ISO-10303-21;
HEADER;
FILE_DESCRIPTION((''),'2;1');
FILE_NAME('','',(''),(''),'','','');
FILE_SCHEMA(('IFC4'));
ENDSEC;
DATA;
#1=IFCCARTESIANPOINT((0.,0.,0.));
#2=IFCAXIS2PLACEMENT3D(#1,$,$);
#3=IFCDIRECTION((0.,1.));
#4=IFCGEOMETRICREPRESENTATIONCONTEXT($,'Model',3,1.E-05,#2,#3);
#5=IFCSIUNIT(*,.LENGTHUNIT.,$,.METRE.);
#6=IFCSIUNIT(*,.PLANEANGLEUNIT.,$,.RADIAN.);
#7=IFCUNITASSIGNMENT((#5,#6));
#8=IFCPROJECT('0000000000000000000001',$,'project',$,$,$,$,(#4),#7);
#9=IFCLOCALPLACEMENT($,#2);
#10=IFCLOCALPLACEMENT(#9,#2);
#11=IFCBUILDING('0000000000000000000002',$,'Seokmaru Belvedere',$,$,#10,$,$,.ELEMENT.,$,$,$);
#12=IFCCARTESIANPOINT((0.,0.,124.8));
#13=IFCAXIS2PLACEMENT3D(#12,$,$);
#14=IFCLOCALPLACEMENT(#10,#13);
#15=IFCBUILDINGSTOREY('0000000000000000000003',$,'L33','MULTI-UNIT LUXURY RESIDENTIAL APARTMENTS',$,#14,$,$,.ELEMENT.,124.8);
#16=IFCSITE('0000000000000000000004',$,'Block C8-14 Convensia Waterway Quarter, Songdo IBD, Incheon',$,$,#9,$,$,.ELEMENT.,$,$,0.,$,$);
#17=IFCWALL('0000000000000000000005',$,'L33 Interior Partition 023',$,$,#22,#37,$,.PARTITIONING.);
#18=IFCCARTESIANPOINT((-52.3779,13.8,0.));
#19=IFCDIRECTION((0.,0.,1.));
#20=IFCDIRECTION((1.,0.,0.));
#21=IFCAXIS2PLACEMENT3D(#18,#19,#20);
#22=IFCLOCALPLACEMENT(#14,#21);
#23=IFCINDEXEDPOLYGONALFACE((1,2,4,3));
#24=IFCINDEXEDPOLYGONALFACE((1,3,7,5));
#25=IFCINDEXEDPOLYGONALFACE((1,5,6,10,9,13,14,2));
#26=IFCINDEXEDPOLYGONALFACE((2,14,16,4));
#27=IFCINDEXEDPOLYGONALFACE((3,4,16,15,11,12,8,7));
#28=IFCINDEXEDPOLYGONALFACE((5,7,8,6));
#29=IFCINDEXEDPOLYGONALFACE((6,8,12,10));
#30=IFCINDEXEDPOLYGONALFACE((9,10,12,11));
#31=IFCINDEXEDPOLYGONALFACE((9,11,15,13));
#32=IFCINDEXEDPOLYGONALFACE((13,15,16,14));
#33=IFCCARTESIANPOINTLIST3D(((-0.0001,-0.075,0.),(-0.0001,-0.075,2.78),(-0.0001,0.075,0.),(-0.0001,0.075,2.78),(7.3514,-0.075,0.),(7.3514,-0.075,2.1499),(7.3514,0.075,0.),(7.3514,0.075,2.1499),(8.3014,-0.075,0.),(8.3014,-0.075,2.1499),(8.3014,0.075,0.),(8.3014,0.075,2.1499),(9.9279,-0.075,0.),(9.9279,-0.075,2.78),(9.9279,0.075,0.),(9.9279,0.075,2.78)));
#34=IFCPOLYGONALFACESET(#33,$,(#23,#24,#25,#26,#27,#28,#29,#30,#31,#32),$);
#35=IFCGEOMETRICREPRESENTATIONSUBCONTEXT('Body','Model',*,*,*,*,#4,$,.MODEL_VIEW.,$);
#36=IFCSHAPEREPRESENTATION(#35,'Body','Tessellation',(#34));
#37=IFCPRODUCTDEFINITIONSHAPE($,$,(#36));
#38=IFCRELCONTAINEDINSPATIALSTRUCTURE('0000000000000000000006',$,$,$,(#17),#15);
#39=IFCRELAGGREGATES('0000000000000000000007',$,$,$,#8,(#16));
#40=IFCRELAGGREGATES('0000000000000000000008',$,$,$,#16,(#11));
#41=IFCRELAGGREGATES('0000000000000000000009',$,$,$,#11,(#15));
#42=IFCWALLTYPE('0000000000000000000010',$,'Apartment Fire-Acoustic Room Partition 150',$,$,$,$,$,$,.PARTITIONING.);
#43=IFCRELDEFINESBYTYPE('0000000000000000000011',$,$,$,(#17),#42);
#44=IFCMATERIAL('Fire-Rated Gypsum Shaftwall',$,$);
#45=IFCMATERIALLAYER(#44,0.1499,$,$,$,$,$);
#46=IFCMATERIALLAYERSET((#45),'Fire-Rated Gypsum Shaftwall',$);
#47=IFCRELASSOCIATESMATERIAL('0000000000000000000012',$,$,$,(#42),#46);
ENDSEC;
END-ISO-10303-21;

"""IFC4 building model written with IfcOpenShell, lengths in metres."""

from ifc_helpers import new_model, si_unit, direction, frame, frame_2d, origin, place, context, subcontext, project, spatial, rectangle, extrude, material, layer, layer_set, type_object, element, save


model = new_model("IFC4")

# Units and contexts
model_context = context("Model", 3, precision=1e-05, world=origin(), true_north=direction((0.0, 1.0)))
body_context = subcontext(model_context, "Body", "Model", "MODEL_VIEW")
ifc_project = project(units=[si_unit("LENGTHUNIT", "METRE"), si_unit("PLANEANGLEUNIT", "RADIAN")], contexts=[model_context])

# Site, building, storey
site_placement = place(None, origin())
site = spatial("IfcSite", under=ifc_project, at=site_placement, Name="Block C8-14 Convensia Waterway Quarter, Songdo IBD, Incheon", CompositionType="ELEMENT", RefElevation=0.0)
building_placement = place(site_placement, origin())
building = spatial("IfcBuilding", under=site, at=building_placement, Name="Seokmaru Belvedere", CompositionType="ELEMENT")
storey_placement = place(building_placement, frame((0.0, 0.0, 124.8)))
storey = spatial("IfcBuildingStorey", under=building, at=storey_placement, Name="L33", Description="MULTI-UNIT LUXURY RESIDENTIAL APARTMENTS", CompositionType="ELEMENT", Elevation=124.8)

# Shared definitions
ifc_material_1 = material(Name="Fire-Rated Gypsum Shaftwall")
ifc_layer_1 = layer(ifc_material_1, 0.1499)
ifc_layer_set_1 = layer_set([ifc_layer_1], Name="Fire-Rated Gypsum Shaftwall")
wall_type_1 = type_object("IfcWallType", Name="Apartment Fire-Acoustic Room Partition 150", PredefinedType="PARTITIONING", material=ifc_layer_set_1)

# Wall, opening
wall_1_placement = place(storey_placement, frame((-52.3779, 13.8, 0.0), z_axis=(0.0, 0.0, 1.0), x_axis=(1.0, 0.0, 0.0)))
wall_1 = element("IfcWall", 1, at=wall_1_placement, inside=storey, type_object=wall_type_1, Name="L33 Interior Partition 023", PredefinedType="PARTITIONING", context=body_context, shape_type="SweptSolid", body=[
    extrude(rectangle(XDim=9.928, YDim=0.1499, at=frame_2d((4.9639, 0.0))), origin(), (0.0, 0.0, 1.0), 2.78),
])
opening_1_placement = place(wall_1_placement, frame((7.3513, 0.0, 0.0)))
element("IfcOpeningElement", 2, at=opening_1_placement, cuts=wall_1, PredefinedType="OPENING", context=body_context, shape_type="SweptSolid", body=[
    extrude(rectangle(XDim=0.95, YDim=2.1499, at=frame_2d((0.4751, 1.075))), frame((0.0, 0.085, 0.0), z_axis=(0.0, -1.0, 0.0), x_axis=(1.0, 0.0, 0.0)), (0.0, 0.0, 1.0), 0.1699),
])

save(model, "model.ifc")
